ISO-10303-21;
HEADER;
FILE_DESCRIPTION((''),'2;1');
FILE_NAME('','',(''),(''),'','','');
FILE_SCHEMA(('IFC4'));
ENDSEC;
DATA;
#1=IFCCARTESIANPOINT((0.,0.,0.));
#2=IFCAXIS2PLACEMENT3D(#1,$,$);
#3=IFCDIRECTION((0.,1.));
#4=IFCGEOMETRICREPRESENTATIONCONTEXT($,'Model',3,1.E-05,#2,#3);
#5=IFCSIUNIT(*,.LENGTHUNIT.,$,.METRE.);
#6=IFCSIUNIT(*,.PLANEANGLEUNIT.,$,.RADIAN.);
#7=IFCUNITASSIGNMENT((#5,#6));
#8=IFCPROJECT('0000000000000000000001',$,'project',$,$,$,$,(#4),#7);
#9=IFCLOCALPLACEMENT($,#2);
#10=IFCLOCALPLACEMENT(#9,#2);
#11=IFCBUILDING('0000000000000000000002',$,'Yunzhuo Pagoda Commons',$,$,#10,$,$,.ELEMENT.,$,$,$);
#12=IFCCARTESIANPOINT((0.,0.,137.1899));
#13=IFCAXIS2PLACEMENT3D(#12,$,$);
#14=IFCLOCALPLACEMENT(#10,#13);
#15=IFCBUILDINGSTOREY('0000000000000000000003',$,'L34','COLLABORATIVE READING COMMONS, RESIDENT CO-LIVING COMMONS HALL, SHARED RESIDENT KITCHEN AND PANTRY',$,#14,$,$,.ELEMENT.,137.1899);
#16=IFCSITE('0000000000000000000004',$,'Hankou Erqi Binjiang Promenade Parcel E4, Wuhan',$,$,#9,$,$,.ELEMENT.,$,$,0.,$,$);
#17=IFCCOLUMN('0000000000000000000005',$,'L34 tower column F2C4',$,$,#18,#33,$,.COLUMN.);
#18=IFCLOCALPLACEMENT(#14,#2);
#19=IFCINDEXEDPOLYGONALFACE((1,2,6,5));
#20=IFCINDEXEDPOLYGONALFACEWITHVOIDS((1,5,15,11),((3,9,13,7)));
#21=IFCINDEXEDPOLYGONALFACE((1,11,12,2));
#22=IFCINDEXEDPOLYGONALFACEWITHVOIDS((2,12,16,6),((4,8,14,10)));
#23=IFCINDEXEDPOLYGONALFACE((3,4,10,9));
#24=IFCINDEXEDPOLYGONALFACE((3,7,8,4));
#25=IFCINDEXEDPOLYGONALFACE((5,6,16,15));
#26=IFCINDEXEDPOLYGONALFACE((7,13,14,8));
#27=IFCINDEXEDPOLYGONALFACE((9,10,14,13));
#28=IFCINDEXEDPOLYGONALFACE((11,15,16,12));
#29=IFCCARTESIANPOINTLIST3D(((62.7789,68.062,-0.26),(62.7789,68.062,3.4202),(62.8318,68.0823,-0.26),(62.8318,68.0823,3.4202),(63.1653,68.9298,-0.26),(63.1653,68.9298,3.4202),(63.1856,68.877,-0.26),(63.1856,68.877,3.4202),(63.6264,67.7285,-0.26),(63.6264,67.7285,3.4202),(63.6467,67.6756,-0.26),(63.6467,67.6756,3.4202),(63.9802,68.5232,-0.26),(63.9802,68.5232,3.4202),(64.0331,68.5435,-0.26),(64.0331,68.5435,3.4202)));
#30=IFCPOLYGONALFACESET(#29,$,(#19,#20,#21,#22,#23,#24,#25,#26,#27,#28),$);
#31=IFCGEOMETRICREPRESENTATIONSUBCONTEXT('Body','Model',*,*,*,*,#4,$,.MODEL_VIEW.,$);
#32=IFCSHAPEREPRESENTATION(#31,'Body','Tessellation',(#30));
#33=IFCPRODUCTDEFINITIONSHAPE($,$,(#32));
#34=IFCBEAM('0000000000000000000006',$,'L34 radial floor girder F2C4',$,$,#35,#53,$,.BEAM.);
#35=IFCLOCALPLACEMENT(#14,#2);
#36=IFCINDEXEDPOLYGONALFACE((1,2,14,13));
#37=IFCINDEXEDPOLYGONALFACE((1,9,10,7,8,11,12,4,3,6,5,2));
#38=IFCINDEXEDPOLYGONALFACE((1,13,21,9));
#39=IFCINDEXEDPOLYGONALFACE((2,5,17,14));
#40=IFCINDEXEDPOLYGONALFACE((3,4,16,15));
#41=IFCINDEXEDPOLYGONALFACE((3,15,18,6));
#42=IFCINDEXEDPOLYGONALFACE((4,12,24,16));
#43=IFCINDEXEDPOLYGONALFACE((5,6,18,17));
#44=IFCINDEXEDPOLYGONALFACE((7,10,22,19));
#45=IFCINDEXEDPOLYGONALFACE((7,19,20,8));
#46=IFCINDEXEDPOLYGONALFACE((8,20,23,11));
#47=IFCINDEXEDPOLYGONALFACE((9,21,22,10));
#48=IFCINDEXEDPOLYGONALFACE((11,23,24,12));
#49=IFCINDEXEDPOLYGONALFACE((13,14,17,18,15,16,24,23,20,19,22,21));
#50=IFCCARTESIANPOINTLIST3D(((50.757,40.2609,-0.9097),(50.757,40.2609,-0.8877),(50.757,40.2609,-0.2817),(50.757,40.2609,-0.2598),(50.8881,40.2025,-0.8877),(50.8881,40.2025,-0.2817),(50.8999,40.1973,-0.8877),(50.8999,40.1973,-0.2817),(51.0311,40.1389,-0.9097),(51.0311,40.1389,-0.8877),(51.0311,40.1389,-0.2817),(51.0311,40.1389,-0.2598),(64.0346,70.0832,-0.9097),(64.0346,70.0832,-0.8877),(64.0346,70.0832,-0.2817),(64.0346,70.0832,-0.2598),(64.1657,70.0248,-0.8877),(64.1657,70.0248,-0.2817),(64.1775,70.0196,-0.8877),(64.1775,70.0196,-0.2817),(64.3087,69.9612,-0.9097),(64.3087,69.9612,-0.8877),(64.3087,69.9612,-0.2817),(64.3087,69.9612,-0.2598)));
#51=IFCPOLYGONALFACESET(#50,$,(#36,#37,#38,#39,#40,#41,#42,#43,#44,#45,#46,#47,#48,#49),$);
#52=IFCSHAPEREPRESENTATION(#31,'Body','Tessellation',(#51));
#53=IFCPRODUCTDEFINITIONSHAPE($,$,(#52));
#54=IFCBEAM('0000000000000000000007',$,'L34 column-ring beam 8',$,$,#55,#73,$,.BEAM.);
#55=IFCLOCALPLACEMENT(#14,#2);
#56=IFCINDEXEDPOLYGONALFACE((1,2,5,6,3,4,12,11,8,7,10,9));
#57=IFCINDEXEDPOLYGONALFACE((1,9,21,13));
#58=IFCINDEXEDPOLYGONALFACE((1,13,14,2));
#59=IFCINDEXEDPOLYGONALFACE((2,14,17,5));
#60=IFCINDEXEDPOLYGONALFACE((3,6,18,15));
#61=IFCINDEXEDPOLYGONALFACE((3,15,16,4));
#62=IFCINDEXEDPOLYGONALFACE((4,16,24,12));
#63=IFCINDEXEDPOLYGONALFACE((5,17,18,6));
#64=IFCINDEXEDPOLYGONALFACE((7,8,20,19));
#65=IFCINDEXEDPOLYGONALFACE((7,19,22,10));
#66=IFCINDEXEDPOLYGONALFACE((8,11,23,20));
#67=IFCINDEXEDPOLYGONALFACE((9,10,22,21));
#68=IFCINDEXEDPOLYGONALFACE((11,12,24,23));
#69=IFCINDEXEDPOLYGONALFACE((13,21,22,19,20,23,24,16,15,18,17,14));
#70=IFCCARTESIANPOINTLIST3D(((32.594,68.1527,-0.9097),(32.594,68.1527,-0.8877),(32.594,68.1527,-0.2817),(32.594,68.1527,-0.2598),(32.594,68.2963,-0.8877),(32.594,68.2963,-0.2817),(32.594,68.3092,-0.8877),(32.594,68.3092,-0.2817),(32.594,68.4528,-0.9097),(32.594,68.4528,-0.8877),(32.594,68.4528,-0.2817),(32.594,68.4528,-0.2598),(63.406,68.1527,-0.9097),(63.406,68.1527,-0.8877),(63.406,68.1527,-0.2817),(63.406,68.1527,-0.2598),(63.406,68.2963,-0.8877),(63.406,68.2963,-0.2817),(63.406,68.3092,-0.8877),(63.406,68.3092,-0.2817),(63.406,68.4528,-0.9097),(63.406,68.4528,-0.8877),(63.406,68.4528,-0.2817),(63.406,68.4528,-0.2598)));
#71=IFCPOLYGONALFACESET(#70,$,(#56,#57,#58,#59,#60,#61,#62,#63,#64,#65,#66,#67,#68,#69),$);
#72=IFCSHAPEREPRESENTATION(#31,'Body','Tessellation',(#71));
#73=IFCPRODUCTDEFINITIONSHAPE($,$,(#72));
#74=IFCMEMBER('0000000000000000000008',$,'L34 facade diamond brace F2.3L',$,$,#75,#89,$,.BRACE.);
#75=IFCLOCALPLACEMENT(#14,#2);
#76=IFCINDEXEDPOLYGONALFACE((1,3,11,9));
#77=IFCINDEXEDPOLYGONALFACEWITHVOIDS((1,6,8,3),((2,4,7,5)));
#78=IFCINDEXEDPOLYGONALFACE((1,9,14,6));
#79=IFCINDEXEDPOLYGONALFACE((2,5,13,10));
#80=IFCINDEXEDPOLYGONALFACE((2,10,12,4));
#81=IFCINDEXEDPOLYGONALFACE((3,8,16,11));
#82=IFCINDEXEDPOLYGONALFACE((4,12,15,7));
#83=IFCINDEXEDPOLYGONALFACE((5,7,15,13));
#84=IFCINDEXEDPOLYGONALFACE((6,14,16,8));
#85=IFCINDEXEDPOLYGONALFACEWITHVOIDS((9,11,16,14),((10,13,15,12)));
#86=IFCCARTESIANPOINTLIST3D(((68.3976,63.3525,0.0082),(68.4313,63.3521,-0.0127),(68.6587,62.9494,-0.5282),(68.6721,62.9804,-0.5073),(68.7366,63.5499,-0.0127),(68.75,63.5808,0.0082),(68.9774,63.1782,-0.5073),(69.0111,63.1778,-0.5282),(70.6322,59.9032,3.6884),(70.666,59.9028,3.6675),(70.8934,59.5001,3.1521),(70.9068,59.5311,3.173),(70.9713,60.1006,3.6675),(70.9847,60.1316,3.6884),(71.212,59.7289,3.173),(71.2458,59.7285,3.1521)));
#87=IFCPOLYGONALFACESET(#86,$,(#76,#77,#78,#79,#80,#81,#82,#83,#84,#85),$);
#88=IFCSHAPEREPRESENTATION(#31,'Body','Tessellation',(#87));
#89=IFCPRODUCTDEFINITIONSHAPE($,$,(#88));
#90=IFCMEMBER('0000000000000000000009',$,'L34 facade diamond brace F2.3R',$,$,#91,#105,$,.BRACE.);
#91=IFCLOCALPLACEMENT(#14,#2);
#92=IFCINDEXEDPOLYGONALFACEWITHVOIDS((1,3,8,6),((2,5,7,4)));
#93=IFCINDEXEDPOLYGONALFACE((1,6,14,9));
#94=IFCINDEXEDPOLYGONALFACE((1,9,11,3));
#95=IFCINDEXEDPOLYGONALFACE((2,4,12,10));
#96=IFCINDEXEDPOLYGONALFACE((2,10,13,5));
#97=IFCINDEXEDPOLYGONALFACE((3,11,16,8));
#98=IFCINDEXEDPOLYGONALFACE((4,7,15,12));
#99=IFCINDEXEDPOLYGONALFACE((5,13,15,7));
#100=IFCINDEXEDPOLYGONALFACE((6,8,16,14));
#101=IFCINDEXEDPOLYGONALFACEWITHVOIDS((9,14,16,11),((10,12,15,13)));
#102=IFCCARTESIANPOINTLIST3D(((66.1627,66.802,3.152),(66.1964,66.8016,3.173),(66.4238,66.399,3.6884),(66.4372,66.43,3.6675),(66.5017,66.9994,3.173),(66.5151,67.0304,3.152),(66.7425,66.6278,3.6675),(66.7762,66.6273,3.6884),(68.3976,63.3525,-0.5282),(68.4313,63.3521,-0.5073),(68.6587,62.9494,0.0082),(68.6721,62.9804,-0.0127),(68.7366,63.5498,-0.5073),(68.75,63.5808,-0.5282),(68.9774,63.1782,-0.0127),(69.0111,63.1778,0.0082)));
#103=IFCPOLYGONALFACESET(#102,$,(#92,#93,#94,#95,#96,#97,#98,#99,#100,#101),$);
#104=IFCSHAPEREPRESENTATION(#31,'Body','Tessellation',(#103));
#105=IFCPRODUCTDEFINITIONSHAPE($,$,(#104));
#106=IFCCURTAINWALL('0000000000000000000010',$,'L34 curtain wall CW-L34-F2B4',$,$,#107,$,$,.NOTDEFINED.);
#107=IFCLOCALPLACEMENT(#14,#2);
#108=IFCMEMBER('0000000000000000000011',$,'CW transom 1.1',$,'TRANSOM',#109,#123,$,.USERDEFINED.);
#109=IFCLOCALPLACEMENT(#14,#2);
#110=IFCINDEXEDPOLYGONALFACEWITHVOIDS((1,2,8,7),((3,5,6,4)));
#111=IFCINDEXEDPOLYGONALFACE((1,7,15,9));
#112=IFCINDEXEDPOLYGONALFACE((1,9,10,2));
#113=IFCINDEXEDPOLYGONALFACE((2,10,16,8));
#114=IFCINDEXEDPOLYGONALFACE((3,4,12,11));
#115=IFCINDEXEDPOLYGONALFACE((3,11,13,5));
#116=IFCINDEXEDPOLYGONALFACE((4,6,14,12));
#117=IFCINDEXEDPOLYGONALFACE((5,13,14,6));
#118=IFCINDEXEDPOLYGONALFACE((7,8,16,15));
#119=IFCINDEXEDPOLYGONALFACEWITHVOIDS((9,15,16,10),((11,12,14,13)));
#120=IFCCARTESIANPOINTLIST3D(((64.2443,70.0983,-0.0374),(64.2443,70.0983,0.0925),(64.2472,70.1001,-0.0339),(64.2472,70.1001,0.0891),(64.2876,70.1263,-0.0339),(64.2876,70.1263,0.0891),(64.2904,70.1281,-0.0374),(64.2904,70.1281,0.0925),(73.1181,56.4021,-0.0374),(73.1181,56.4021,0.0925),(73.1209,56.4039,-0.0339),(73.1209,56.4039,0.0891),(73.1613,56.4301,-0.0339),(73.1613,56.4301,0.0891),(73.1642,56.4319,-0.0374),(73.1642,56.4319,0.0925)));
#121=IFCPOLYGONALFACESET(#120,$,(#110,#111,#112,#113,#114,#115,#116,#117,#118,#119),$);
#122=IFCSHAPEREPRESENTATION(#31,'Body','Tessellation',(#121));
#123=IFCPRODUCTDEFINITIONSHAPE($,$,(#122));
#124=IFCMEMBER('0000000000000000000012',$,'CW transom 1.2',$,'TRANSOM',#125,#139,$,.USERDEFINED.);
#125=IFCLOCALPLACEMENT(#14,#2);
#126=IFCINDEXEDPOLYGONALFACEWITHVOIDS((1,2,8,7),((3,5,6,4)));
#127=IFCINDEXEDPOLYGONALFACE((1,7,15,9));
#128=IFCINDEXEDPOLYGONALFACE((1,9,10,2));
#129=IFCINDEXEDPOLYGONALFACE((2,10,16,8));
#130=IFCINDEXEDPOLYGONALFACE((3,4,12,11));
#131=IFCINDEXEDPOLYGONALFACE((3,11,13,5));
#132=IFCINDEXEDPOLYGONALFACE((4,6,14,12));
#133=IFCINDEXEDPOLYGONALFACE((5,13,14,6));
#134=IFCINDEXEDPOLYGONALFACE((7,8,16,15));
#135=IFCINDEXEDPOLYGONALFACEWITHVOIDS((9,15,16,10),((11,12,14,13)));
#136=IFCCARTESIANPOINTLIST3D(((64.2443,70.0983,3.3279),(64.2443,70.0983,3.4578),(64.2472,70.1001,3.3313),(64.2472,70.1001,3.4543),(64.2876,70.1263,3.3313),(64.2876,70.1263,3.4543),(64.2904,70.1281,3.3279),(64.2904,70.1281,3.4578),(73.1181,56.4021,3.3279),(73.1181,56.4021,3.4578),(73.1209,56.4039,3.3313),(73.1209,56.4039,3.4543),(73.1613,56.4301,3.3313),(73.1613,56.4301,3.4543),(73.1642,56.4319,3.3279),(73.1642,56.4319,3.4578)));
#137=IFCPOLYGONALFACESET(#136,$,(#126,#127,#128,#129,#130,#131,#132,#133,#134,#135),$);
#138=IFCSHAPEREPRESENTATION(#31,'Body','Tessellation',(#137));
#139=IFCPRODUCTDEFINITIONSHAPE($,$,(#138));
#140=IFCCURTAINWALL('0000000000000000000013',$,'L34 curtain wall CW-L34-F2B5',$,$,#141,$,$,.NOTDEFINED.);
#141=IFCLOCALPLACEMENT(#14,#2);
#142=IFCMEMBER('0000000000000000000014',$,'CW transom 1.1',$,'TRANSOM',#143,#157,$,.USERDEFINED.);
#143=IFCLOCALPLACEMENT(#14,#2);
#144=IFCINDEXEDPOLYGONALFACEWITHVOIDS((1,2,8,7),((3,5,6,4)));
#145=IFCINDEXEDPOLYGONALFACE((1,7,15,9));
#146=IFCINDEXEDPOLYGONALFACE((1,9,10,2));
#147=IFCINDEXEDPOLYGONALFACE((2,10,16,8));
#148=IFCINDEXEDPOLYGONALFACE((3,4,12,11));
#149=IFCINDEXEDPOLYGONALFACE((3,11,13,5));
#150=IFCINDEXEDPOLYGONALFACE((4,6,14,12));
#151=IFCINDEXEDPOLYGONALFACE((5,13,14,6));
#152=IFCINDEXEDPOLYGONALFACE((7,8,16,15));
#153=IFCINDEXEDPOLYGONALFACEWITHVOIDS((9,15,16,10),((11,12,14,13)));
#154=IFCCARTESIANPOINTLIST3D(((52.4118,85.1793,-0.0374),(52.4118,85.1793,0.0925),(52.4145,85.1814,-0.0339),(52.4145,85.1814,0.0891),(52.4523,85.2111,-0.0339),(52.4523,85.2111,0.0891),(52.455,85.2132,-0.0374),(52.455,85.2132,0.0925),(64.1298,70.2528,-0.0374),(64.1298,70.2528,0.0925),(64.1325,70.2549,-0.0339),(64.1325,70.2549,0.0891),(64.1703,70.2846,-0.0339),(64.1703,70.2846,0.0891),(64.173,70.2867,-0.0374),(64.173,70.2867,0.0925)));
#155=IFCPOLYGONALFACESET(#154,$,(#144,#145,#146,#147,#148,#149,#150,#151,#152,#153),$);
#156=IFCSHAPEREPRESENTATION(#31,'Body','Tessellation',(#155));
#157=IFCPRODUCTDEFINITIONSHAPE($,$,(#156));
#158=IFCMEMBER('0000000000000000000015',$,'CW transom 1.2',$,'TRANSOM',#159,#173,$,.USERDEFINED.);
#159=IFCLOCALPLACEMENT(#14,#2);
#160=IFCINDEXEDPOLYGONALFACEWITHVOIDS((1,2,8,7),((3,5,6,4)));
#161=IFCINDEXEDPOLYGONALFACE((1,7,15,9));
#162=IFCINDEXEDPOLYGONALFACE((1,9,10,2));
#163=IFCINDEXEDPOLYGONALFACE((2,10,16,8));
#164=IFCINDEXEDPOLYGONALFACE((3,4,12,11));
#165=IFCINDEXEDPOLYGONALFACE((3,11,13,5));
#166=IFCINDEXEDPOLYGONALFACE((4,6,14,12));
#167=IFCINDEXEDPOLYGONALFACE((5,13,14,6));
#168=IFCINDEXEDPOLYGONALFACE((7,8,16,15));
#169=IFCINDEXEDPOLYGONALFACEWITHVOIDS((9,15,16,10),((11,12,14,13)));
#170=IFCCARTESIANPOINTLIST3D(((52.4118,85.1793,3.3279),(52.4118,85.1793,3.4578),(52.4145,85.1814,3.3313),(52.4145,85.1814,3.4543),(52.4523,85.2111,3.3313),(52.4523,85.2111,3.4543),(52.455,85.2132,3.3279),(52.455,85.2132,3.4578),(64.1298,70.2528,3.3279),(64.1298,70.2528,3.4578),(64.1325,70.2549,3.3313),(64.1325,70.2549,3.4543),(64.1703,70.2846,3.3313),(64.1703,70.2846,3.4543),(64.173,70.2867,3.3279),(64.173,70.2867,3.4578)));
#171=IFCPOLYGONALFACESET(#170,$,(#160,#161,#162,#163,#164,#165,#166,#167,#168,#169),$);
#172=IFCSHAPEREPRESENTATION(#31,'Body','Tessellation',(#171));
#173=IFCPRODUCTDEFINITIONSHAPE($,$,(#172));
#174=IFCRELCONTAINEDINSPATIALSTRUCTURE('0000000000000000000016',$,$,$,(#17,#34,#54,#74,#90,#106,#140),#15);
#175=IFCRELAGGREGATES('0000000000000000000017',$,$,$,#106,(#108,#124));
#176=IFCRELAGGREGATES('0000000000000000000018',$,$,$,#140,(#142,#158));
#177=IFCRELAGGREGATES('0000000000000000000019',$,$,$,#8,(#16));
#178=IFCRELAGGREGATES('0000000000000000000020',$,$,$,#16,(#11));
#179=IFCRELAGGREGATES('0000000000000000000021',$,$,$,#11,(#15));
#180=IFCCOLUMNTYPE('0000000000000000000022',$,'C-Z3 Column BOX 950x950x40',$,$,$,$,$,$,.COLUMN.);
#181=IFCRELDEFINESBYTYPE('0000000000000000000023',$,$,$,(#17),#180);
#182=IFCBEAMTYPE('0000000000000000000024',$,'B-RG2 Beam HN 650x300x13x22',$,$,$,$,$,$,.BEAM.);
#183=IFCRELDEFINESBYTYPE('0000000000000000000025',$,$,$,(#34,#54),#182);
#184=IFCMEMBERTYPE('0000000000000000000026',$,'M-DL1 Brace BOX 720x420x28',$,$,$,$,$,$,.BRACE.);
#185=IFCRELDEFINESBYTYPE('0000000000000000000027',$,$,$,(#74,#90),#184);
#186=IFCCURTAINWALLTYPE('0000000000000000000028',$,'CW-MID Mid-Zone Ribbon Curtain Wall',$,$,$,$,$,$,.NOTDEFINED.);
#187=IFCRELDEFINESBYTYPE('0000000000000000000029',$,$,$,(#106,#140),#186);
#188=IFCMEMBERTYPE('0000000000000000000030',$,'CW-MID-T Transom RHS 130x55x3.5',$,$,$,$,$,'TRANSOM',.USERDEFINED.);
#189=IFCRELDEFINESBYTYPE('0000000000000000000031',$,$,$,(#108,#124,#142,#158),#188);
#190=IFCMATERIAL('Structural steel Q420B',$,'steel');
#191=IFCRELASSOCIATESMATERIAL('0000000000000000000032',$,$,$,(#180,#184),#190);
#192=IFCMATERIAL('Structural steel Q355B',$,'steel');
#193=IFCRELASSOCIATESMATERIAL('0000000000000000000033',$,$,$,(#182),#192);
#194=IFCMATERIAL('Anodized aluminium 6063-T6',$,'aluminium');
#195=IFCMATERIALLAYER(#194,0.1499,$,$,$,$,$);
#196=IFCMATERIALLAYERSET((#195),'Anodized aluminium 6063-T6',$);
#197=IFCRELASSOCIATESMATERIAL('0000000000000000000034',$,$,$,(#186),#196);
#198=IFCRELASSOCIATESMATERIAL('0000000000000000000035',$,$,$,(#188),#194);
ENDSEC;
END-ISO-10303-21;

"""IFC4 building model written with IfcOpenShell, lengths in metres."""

from ifc_helpers import new_model, si_unit, direction, frame, origin, origin_2d, place, context, subcontext, project, spatial, hollow_rectangle, i_section, extrude, source, transform, mapped, material, layer, layer_set, material_profile, profile_set, type_object, element, aggregate, save


model = new_model("IFC4")

# Units and contexts
model_context = context("Model", 3, precision=1e-05, world=origin(), true_north=direction((0.0, 1.0)))
body_context = subcontext(model_context, "Body", "Model", "MODEL_VIEW")
ifc_project = project(units=[si_unit("LENGTHUNIT", "METRE"), si_unit("PLANEANGLEUNIT", "RADIAN")], contexts=[model_context])

# Site, building, storey
site_placement = place(None, origin())
site = spatial("IfcSite", under=ifc_project, at=site_placement, Name="Hankou Erqi Binjiang Promenade Parcel E4, Wuhan", CompositionType="ELEMENT", RefElevation=0.0)
building_placement = place(site_placement, origin())
building = spatial("IfcBuilding", under=site, at=building_placement, Name="Yunzhuo Pagoda Commons", CompositionType="ELEMENT")
storey_placement = place(building_placement, frame((0.0, 0.0, 137.1899)))
storey = spatial("IfcBuildingStorey", under=building, at=storey_placement, Name="L34", Description="COLLABORATIVE READING COMMONS, RESIDENT CO-LIVING COMMONS HALL, SHARED RESIDENT KITCHEN AND PANTRY", CompositionType="ELEMENT", Elevation=137.1899)

# Column
ifc_material_1 = material(Name="Structural steel Q420B", Category="steel")
ifc_material_profile_1 = material_profile(ifc_material_1, hollow_rectangle(XDim=0.95, YDim=0.95, WallThickness=0.04, at=origin_2d()), Name="Structural steel Q420B")
ifc_profile_set_1 = profile_set([ifc_material_profile_1], Name="Structural steel Q420B")
column_type = type_object("IfcColumnType", Name="C-Z3 Column BOX 950x950x40", PredefinedType="COLUMN", material=ifc_profile_set_1)
shared_shape_1 = source(origin(), body_context, "Body", "SweptSolid", [
    extrude(hollow_rectangle(XDim=0.95, YDim=0.95, WallThickness=0.04, at=origin_2d()), origin(), (0.0, 0.0, 1.0), 3.6802),
])
column_placement = place(storey_placement, frame((63.406, 68.3027, -0.26), z_axis=(0.0, 0.0, 1.0), x_axis=(-0.913545, 0.406737, 0.0)))
element("IfcColumn", 1, at=column_placement, inside=storey, type_object=column_type, Name="L34 tower column F2C4", PredefinedType="COLUMN", context=body_context, shape_type="MappedRepresentation", body=[
    mapped(shared_shape_1, transform((0.0, 0.0, 0.0), scale=1.0)),
])

# Beams
ifc_material_2 = material(Name="Structural steel Q355B", Category="steel")
ifc_material_profile_2 = material_profile(ifc_material_2, i_section(OverallWidth=0.3, OverallDepth=0.6499, WebThickness=0.0129, FlangeThickness=0.022, at=origin_2d()), Name="Structural steel Q355B")
ifc_profile_set_2 = profile_set([ifc_material_profile_2], Name="Structural steel Q355B")
beam_type = type_object("IfcBeamType", Name="B-RG2 Beam HN 650x300x13x22", PredefinedType="BEAM", material=ifc_profile_set_2)
shared_shape_2 = source(origin(), body_context, "Body", "SweptSolid", [
    extrude(i_section(OverallWidth=0.3, OverallDepth=0.6499, WebThickness=0.0129, FlangeThickness=0.022, at=origin_2d()), origin(), (0.0, 0.0, 1.0), 32.6445),
])
beam_1_placement = place(storey_placement, frame((64.1716, 70.0222, -0.5847), z_axis=(-0.406733, -0.913547, 0.0), x_axis=(0.913547, -0.406733, 0.0)))
element("IfcBeam", 2, at=beam_1_placement, inside=storey, type_object=beam_type, Name="L34 radial floor girder F2C4", PredefinedType="BEAM", context=body_context, shape_type="MappedRepresentation", body=[
    mapped(shared_shape_2, transform((0.0, 0.0, 0.0), scale=1.0)),
])
shared_shape_3 = source(origin(), body_context, "Body", "SweptSolid", [
    extrude(i_section(OverallWidth=0.3, OverallDepth=0.6499, WebThickness=0.0129, FlangeThickness=0.022, at=origin_2d()), origin(), (0.0, 0.0, 1.0), 30.812),
])
beam_2_placement = place(storey_placement, frame((63.406, 68.3027, -0.5847), z_axis=(-1.0, 0.0, 0.0), x_axis=(0.0, -1.0, 0.0)))
element("IfcBeam", 3, at=beam_2_placement, inside=storey, type_object=beam_type, Name="L34 column-ring beam 8", PredefinedType="BEAM", context=body_context, shape_type="MappedRepresentation", body=[
    mapped(shared_shape_3, transform((0.0, 0.0, 0.0), scale=1.0)),
])

# Members
ifc_material_profile_3 = material_profile(ifc_material_1, hollow_rectangle(XDim=0.4199, YDim=0.72, WallThickness=0.0281, at=origin_2d()), Name="Structural steel Q420B")
ifc_profile_set_3 = profile_set([ifc_material_profile_3], Name="Structural steel Q420B")
member_type_1 = type_object("IfcMemberType", Name="M-DL1 Brace BOX 720x420x28", PredefinedType="BRACE", material=ifc_profile_set_3)
shared_shape_4 = source(origin(), body_context, "Body", "SweptSolid", [
    extrude(hollow_rectangle(XDim=0.4199, YDim=0.72, WallThickness=0.0281, at=origin_2d()), origin(), (0.0, 0.0, 1.0), 5.5168),
])
member_1_placement = place(storey_placement, frame((68.7043, 63.2651, -0.26), z_axis=(0.405062, -0.625229, 0.667094), x_axis=(0.839262, 0.543727, 0.0)))
element("IfcMember", 4, at=member_1_placement, inside=storey, type_object=member_type_1, Name="L34 facade diamond brace F2.3L", PredefinedType="BRACE", context=body_context, shape_type="MappedRepresentation", body=[
    mapped(shared_shape_4, transform((0.0, 0.0, 0.0), scale=1.0)),
])
shared_shape_5 = source(origin(), body_context, "Body", "SweptSolid", [
    extrude(hollow_rectangle(XDim=0.4199, YDim=0.72, WallThickness=0.0281, at=origin_2d()), origin(), (0.0, 0.0, 1.0), 5.5171),
])
member_2_placement = place(storey_placement, frame((68.7043, 63.2651, -0.26), z_axis=(-0.405088, 0.625244, 0.667063), x_axis=(-0.839253, -0.543741, 0.0)))
element("IfcMember", 5, at=member_2_placement, inside=storey, type_object=member_type_1, Name="L34 facade diamond brace F2.3R", PredefinedType="BRACE", context=body_context, shape_type="MappedRepresentation", body=[
    mapped(shared_shape_5, transform((0.0, 0.0, 0.0), scale=1.0)),
])

# Curtain walls, members
ifc_material_3 = material(Name="Anodized aluminium 6063-T6", Category="aluminium")
ifc_layer_1 = layer(ifc_material_3, 0.1499)
ifc_layer_set_1 = layer_set([ifc_layer_1], Name="Anodized aluminium 6063-T6")
curtain_wall_type = type_object("IfcCurtainWallType", Name="CW-MID Mid-Zone Ribbon Curtain Wall", PredefinedType="NOTDEFINED", material=ifc_layer_set_1)
curtain_wall_1_placement = place(storey_placement, origin())
curtain_wall_1 = element("IfcCurtainWall", 6, at=curtain_wall_1_placement, inside=storey, type_object=curtain_wall_type, Name="L34 curtain wall CW-L34-F2B4", PredefinedType="NOTDEFINED")
ifc_material_profile_4 = material_profile(ifc_material_3, hollow_rectangle(XDim=0.0549, YDim=0.1299, WallThickness=0.0034, at=origin_2d()), Name="Anodized aluminium 6063-T6")
ifc_profile_set_4 = profile_set([ifc_material_profile_4], Name="Anodized aluminium 6063-T6")
member_type_2 = type_object("IfcMemberType", Name="CW-MID-T Transom RHS 130x55x3.5", ElementType="TRANSOM", PredefinedType="USERDEFINED", material=ifc_profile_set_4)
shared_shape_6 = source(origin(), body_context, "Body", "SweptSolid", [
    extrude(hollow_rectangle(XDim=0.0549, YDim=0.1299, WallThickness=0.0034, at=origin_2d()), origin(), (0.0, 0.0, 1.0), 16.3196),
])
member_3_placement = place(storey_placement, frame((73.1411, 56.417, 0.0276), z_axis=(-0.543747, 0.839249, 0.0), x_axis=(-0.839249, -0.543747, 0.0)))
member_3 = element("IfcMember", 7, at=member_3_placement, type_object=member_type_2, Name="CW transom 1.1", ObjectType="TRANSOM", PredefinedType="USERDEFINED", context=body_context, shape_type="MappedRepresentation", body=[
    mapped(shared_shape_6, transform((0.0, 0.0, 0.0), scale=1.0)),
])
member_4_placement = place(storey_placement, frame((73.1411, 56.417, 3.3928), z_axis=(-0.543747, 0.839249, 0.0), x_axis=(-0.839249, -0.543747, 0.0)))
member_4 = element("IfcMember", 8, at=member_4_placement, type_object=member_type_2, Name="CW transom 1.2", ObjectType="TRANSOM", PredefinedType="USERDEFINED", context=body_context, shape_type="MappedRepresentation", body=[
    mapped(shared_shape_6, transform((0.0, 0.0, 0.0), scale=1.0)),
])
curtain_wall_2_placement = place(storey_placement, origin())
curtain_wall_2 = element("IfcCurtainWall", 9, at=curtain_wall_2_placement, inside=storey, type_object=curtain_wall_type, Name="L34 curtain wall CW-L34-F2B5", PredefinedType="NOTDEFINED")
shared_shape_7 = source(origin(), body_context, "Body", "SweptSolid", [
    extrude(hollow_rectangle(XDim=0.0549, YDim=0.1299, WallThickness=0.0034, at=origin_2d()), origin(), (0.0, 0.0, 1.0), 18.9766),
])
member_5_placement = place(storey_placement, frame((64.1514, 70.2698, 0.0276), z_axis=(-0.617497, 0.786573, 0.0), x_axis=(-0.786573, -0.617497, 0.0)))
member_5 = element("IfcMember", 10, at=member_5_placement, type_object=member_type_2, Name="CW transom 1.1", ObjectType="TRANSOM", PredefinedType="USERDEFINED", context=body_context, shape_type="MappedRepresentation", body=[
    mapped(shared_shape_7, transform((0.0, 0.0, 0.0), scale=1.0)),
])
member_6_placement = place(storey_placement, frame((64.1514, 70.2698, 3.3928), z_axis=(-0.617497, 0.786573, 0.0), x_axis=(-0.786573, -0.617497, 0.0)))
member_6 = element("IfcMember", 11, at=member_6_placement, type_object=member_type_2, Name="CW transom 1.2", ObjectType="TRANSOM", PredefinedType="USERDEFINED", context=body_context, shape_type="MappedRepresentation", body=[
    mapped(shared_shape_7, transform((0.0, 0.0, 0.0), scale=1.0)),
])

aggregate(curtain_wall_1, [member_3, member_4])

aggregate(curtain_wall_2, [member_5, member_6])

save(model, "model.ifc")
